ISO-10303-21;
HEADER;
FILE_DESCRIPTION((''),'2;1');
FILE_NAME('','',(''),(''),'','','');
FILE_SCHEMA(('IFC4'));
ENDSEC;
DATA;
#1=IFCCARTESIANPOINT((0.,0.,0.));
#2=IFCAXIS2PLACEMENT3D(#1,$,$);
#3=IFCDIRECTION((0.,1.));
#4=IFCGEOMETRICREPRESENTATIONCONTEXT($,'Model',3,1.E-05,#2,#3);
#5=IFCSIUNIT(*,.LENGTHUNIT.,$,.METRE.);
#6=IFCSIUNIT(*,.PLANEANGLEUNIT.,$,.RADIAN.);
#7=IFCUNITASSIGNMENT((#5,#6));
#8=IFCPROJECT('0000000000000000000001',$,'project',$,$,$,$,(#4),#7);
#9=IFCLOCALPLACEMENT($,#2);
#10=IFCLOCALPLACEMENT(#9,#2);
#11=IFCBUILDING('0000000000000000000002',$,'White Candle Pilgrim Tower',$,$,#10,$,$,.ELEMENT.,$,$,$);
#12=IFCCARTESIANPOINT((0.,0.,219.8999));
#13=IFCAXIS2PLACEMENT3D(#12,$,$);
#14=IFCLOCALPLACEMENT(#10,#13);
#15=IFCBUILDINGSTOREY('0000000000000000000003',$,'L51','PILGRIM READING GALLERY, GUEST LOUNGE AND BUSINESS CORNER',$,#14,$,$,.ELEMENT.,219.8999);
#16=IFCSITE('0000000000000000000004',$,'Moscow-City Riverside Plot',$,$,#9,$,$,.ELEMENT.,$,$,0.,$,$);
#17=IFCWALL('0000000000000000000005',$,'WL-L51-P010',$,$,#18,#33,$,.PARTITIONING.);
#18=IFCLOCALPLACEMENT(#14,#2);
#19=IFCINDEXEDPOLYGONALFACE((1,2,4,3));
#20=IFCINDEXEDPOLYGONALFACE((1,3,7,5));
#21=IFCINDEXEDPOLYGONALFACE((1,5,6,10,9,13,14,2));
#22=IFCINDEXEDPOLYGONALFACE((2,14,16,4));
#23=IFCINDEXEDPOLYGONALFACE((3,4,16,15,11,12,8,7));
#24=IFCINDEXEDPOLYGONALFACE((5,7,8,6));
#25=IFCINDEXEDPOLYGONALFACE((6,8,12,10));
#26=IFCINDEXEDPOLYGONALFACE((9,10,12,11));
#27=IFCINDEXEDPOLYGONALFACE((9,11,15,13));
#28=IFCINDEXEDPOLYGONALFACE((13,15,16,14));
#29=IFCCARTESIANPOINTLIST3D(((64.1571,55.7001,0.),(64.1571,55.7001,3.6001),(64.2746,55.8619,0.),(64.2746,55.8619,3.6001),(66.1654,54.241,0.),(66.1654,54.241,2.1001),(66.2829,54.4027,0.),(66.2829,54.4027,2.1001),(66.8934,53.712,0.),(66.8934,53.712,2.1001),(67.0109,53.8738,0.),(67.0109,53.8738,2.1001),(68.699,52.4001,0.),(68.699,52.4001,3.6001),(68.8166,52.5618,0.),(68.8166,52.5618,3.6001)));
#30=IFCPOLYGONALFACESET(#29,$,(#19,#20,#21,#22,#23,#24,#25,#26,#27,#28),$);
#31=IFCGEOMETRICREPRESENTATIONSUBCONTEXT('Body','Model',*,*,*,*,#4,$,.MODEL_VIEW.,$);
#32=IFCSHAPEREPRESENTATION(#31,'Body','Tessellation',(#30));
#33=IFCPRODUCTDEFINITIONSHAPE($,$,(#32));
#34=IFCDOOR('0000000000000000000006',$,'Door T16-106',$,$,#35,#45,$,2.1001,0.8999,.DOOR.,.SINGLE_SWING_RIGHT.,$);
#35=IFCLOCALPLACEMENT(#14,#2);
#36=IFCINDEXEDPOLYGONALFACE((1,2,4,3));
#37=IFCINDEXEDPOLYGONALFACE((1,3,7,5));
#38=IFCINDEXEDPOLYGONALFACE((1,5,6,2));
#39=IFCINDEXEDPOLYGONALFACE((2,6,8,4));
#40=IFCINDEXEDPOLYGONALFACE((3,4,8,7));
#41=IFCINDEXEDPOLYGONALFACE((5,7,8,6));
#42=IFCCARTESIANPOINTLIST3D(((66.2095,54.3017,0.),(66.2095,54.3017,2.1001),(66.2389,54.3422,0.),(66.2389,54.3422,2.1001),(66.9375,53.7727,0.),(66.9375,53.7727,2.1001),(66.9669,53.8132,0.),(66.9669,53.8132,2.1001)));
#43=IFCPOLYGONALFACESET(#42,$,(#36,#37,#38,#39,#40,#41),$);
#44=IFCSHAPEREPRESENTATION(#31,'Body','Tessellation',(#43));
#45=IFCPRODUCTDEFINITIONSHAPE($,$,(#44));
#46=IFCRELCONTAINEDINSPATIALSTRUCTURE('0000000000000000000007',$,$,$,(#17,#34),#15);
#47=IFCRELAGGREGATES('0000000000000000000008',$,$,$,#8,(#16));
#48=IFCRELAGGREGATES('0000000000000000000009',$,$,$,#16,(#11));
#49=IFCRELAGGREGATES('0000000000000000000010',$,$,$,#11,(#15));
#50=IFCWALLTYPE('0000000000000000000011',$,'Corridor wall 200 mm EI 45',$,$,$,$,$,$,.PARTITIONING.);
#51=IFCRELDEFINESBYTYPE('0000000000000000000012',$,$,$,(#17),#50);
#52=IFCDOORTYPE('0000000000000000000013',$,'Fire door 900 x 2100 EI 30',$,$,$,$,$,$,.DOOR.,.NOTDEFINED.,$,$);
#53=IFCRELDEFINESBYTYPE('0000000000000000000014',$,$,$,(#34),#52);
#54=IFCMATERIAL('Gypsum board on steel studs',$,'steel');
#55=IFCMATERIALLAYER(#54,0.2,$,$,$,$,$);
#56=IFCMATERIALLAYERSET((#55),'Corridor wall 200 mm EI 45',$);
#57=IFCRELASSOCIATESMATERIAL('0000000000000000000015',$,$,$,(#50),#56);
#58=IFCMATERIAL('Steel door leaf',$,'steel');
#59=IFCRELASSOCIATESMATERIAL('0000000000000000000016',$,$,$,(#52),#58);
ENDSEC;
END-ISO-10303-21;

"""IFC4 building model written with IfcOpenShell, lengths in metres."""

from ifc_helpers import new_model, si_unit, direction, frame, frame_2d, origin, place, context, subcontext, project, spatial, rectangle, extrude, material, layer, layer_set, type_object, element, fill, save


model = new_model("IFC4")

# Units and contexts
model_context = context("Model", 3, precision=1e-05, world=origin(), true_north=direction((0.0, 1.0)))
body_context = subcontext(model_context, "Body", "Model", "MODEL_VIEW")
ifc_project = project(units=[si_unit("LENGTHUNIT", "METRE"), si_unit("PLANEANGLEUNIT", "RADIAN")], contexts=[model_context])

# Site, building, storey
site_placement = place(None, origin())
site = spatial("IfcSite", under=ifc_project, at=site_placement, Name="Moscow-City Riverside Plot", CompositionType="ELEMENT", RefElevation=0.0)
building_placement = place(site_placement, origin())
building = spatial("IfcBuilding", under=site, at=building_placement, Name="White Candle Pilgrim Tower", CompositionType="ELEMENT")
storey_placement = place(building_placement, frame((0.0, 0.0, 219.8999)))
storey = spatial("IfcBuildingStorey", under=building, at=storey_placement, Name="L51", Description="PILGRIM READING GALLERY, GUEST LOUNGE AND BUSINESS CORNER", CompositionType="ELEMENT", Elevation=219.8999)

# Wall, opening, door
ifc_material_1 = material(Name="Gypsum board on steel studs", Category="steel")
ifc_layer_1 = layer(ifc_material_1, 0.2)
ifc_layer_set_1 = layer_set([ifc_layer_1], Name="Corridor wall 200 mm EI 45")
wall_type_1 = type_object("IfcWallType", Name="Corridor wall 200 mm EI 45", PredefinedType="PARTITIONING", material=ifc_layer_set_1)
ifc_material_2 = material(Name="Steel door leaf", Category="steel")
door_type = type_object("IfcDoorType", Name="Fire door 900 x 2100 EI 30", OperationType="NOTDEFINED", PredefinedType="DOOR", material=ifc_material_2)
wall_1_placement = place(storey_placement, frame((68.7578, 52.481, 0.0), z_axis=(0.0, 0.0, 1.0), x_axis=(-0.809009, 0.587797, 0.0)))
wall_1 = element("IfcWall", 1, at=wall_1_placement, inside=storey, type_object=wall_type_1, Name="WL-L51-P010", PredefinedType="PARTITIONING", context=body_context, shape_type="SweptSolid", body=[
    extrude(rectangle(XDim=5.6143, YDim=0.2, at=frame_2d((2.8071, 0.0))), origin(), (0.0, 0.0, 1.0), 3.6001),
])
opening_1_placement = place(wall_1_placement, frame((2.2319, 0.0, 0.0)))
opening_1 = element("IfcOpeningElement", 2, at=opening_1_placement, cuts=wall_1, PredefinedType="OPENING", context=body_context, shape_type="SweptSolid", body=[
    extrude(rectangle(XDim=0.8999, YDim=2.1001, at=frame_2d((0.45, 1.05))), frame((0.0, 0.1099, 0.0), z_axis=(0.0, -1.0, 0.0), x_axis=(1.0, 0.0, 0.0)), (0.0, 0.0, 1.0), 0.22),
])
door_1_placement = place(opening_1_placement, origin())
door_1 = element("IfcDoor", 3, at=door_1_placement, inside=storey, type_object=door_type, Name="Door T16-106", OperationType="SINGLE_SWING_RIGHT", OverallHeight=2.1001, OverallWidth=0.8999, PredefinedType="DOOR", context=body_context, shape_type="SweptSolid", body=[
    extrude(rectangle(XDim=0.8999, YDim=2.1001, at=frame_2d((0.45, 1.05))), frame((0.0, 0.0249, 0.0), z_axis=(0.0, -1.0, 0.0), x_axis=(1.0, 0.0, 0.0)), (0.0, 0.0, 1.0), 0.05),
])
fill(opening_1, door_1)

save(model, "model.ifc")
